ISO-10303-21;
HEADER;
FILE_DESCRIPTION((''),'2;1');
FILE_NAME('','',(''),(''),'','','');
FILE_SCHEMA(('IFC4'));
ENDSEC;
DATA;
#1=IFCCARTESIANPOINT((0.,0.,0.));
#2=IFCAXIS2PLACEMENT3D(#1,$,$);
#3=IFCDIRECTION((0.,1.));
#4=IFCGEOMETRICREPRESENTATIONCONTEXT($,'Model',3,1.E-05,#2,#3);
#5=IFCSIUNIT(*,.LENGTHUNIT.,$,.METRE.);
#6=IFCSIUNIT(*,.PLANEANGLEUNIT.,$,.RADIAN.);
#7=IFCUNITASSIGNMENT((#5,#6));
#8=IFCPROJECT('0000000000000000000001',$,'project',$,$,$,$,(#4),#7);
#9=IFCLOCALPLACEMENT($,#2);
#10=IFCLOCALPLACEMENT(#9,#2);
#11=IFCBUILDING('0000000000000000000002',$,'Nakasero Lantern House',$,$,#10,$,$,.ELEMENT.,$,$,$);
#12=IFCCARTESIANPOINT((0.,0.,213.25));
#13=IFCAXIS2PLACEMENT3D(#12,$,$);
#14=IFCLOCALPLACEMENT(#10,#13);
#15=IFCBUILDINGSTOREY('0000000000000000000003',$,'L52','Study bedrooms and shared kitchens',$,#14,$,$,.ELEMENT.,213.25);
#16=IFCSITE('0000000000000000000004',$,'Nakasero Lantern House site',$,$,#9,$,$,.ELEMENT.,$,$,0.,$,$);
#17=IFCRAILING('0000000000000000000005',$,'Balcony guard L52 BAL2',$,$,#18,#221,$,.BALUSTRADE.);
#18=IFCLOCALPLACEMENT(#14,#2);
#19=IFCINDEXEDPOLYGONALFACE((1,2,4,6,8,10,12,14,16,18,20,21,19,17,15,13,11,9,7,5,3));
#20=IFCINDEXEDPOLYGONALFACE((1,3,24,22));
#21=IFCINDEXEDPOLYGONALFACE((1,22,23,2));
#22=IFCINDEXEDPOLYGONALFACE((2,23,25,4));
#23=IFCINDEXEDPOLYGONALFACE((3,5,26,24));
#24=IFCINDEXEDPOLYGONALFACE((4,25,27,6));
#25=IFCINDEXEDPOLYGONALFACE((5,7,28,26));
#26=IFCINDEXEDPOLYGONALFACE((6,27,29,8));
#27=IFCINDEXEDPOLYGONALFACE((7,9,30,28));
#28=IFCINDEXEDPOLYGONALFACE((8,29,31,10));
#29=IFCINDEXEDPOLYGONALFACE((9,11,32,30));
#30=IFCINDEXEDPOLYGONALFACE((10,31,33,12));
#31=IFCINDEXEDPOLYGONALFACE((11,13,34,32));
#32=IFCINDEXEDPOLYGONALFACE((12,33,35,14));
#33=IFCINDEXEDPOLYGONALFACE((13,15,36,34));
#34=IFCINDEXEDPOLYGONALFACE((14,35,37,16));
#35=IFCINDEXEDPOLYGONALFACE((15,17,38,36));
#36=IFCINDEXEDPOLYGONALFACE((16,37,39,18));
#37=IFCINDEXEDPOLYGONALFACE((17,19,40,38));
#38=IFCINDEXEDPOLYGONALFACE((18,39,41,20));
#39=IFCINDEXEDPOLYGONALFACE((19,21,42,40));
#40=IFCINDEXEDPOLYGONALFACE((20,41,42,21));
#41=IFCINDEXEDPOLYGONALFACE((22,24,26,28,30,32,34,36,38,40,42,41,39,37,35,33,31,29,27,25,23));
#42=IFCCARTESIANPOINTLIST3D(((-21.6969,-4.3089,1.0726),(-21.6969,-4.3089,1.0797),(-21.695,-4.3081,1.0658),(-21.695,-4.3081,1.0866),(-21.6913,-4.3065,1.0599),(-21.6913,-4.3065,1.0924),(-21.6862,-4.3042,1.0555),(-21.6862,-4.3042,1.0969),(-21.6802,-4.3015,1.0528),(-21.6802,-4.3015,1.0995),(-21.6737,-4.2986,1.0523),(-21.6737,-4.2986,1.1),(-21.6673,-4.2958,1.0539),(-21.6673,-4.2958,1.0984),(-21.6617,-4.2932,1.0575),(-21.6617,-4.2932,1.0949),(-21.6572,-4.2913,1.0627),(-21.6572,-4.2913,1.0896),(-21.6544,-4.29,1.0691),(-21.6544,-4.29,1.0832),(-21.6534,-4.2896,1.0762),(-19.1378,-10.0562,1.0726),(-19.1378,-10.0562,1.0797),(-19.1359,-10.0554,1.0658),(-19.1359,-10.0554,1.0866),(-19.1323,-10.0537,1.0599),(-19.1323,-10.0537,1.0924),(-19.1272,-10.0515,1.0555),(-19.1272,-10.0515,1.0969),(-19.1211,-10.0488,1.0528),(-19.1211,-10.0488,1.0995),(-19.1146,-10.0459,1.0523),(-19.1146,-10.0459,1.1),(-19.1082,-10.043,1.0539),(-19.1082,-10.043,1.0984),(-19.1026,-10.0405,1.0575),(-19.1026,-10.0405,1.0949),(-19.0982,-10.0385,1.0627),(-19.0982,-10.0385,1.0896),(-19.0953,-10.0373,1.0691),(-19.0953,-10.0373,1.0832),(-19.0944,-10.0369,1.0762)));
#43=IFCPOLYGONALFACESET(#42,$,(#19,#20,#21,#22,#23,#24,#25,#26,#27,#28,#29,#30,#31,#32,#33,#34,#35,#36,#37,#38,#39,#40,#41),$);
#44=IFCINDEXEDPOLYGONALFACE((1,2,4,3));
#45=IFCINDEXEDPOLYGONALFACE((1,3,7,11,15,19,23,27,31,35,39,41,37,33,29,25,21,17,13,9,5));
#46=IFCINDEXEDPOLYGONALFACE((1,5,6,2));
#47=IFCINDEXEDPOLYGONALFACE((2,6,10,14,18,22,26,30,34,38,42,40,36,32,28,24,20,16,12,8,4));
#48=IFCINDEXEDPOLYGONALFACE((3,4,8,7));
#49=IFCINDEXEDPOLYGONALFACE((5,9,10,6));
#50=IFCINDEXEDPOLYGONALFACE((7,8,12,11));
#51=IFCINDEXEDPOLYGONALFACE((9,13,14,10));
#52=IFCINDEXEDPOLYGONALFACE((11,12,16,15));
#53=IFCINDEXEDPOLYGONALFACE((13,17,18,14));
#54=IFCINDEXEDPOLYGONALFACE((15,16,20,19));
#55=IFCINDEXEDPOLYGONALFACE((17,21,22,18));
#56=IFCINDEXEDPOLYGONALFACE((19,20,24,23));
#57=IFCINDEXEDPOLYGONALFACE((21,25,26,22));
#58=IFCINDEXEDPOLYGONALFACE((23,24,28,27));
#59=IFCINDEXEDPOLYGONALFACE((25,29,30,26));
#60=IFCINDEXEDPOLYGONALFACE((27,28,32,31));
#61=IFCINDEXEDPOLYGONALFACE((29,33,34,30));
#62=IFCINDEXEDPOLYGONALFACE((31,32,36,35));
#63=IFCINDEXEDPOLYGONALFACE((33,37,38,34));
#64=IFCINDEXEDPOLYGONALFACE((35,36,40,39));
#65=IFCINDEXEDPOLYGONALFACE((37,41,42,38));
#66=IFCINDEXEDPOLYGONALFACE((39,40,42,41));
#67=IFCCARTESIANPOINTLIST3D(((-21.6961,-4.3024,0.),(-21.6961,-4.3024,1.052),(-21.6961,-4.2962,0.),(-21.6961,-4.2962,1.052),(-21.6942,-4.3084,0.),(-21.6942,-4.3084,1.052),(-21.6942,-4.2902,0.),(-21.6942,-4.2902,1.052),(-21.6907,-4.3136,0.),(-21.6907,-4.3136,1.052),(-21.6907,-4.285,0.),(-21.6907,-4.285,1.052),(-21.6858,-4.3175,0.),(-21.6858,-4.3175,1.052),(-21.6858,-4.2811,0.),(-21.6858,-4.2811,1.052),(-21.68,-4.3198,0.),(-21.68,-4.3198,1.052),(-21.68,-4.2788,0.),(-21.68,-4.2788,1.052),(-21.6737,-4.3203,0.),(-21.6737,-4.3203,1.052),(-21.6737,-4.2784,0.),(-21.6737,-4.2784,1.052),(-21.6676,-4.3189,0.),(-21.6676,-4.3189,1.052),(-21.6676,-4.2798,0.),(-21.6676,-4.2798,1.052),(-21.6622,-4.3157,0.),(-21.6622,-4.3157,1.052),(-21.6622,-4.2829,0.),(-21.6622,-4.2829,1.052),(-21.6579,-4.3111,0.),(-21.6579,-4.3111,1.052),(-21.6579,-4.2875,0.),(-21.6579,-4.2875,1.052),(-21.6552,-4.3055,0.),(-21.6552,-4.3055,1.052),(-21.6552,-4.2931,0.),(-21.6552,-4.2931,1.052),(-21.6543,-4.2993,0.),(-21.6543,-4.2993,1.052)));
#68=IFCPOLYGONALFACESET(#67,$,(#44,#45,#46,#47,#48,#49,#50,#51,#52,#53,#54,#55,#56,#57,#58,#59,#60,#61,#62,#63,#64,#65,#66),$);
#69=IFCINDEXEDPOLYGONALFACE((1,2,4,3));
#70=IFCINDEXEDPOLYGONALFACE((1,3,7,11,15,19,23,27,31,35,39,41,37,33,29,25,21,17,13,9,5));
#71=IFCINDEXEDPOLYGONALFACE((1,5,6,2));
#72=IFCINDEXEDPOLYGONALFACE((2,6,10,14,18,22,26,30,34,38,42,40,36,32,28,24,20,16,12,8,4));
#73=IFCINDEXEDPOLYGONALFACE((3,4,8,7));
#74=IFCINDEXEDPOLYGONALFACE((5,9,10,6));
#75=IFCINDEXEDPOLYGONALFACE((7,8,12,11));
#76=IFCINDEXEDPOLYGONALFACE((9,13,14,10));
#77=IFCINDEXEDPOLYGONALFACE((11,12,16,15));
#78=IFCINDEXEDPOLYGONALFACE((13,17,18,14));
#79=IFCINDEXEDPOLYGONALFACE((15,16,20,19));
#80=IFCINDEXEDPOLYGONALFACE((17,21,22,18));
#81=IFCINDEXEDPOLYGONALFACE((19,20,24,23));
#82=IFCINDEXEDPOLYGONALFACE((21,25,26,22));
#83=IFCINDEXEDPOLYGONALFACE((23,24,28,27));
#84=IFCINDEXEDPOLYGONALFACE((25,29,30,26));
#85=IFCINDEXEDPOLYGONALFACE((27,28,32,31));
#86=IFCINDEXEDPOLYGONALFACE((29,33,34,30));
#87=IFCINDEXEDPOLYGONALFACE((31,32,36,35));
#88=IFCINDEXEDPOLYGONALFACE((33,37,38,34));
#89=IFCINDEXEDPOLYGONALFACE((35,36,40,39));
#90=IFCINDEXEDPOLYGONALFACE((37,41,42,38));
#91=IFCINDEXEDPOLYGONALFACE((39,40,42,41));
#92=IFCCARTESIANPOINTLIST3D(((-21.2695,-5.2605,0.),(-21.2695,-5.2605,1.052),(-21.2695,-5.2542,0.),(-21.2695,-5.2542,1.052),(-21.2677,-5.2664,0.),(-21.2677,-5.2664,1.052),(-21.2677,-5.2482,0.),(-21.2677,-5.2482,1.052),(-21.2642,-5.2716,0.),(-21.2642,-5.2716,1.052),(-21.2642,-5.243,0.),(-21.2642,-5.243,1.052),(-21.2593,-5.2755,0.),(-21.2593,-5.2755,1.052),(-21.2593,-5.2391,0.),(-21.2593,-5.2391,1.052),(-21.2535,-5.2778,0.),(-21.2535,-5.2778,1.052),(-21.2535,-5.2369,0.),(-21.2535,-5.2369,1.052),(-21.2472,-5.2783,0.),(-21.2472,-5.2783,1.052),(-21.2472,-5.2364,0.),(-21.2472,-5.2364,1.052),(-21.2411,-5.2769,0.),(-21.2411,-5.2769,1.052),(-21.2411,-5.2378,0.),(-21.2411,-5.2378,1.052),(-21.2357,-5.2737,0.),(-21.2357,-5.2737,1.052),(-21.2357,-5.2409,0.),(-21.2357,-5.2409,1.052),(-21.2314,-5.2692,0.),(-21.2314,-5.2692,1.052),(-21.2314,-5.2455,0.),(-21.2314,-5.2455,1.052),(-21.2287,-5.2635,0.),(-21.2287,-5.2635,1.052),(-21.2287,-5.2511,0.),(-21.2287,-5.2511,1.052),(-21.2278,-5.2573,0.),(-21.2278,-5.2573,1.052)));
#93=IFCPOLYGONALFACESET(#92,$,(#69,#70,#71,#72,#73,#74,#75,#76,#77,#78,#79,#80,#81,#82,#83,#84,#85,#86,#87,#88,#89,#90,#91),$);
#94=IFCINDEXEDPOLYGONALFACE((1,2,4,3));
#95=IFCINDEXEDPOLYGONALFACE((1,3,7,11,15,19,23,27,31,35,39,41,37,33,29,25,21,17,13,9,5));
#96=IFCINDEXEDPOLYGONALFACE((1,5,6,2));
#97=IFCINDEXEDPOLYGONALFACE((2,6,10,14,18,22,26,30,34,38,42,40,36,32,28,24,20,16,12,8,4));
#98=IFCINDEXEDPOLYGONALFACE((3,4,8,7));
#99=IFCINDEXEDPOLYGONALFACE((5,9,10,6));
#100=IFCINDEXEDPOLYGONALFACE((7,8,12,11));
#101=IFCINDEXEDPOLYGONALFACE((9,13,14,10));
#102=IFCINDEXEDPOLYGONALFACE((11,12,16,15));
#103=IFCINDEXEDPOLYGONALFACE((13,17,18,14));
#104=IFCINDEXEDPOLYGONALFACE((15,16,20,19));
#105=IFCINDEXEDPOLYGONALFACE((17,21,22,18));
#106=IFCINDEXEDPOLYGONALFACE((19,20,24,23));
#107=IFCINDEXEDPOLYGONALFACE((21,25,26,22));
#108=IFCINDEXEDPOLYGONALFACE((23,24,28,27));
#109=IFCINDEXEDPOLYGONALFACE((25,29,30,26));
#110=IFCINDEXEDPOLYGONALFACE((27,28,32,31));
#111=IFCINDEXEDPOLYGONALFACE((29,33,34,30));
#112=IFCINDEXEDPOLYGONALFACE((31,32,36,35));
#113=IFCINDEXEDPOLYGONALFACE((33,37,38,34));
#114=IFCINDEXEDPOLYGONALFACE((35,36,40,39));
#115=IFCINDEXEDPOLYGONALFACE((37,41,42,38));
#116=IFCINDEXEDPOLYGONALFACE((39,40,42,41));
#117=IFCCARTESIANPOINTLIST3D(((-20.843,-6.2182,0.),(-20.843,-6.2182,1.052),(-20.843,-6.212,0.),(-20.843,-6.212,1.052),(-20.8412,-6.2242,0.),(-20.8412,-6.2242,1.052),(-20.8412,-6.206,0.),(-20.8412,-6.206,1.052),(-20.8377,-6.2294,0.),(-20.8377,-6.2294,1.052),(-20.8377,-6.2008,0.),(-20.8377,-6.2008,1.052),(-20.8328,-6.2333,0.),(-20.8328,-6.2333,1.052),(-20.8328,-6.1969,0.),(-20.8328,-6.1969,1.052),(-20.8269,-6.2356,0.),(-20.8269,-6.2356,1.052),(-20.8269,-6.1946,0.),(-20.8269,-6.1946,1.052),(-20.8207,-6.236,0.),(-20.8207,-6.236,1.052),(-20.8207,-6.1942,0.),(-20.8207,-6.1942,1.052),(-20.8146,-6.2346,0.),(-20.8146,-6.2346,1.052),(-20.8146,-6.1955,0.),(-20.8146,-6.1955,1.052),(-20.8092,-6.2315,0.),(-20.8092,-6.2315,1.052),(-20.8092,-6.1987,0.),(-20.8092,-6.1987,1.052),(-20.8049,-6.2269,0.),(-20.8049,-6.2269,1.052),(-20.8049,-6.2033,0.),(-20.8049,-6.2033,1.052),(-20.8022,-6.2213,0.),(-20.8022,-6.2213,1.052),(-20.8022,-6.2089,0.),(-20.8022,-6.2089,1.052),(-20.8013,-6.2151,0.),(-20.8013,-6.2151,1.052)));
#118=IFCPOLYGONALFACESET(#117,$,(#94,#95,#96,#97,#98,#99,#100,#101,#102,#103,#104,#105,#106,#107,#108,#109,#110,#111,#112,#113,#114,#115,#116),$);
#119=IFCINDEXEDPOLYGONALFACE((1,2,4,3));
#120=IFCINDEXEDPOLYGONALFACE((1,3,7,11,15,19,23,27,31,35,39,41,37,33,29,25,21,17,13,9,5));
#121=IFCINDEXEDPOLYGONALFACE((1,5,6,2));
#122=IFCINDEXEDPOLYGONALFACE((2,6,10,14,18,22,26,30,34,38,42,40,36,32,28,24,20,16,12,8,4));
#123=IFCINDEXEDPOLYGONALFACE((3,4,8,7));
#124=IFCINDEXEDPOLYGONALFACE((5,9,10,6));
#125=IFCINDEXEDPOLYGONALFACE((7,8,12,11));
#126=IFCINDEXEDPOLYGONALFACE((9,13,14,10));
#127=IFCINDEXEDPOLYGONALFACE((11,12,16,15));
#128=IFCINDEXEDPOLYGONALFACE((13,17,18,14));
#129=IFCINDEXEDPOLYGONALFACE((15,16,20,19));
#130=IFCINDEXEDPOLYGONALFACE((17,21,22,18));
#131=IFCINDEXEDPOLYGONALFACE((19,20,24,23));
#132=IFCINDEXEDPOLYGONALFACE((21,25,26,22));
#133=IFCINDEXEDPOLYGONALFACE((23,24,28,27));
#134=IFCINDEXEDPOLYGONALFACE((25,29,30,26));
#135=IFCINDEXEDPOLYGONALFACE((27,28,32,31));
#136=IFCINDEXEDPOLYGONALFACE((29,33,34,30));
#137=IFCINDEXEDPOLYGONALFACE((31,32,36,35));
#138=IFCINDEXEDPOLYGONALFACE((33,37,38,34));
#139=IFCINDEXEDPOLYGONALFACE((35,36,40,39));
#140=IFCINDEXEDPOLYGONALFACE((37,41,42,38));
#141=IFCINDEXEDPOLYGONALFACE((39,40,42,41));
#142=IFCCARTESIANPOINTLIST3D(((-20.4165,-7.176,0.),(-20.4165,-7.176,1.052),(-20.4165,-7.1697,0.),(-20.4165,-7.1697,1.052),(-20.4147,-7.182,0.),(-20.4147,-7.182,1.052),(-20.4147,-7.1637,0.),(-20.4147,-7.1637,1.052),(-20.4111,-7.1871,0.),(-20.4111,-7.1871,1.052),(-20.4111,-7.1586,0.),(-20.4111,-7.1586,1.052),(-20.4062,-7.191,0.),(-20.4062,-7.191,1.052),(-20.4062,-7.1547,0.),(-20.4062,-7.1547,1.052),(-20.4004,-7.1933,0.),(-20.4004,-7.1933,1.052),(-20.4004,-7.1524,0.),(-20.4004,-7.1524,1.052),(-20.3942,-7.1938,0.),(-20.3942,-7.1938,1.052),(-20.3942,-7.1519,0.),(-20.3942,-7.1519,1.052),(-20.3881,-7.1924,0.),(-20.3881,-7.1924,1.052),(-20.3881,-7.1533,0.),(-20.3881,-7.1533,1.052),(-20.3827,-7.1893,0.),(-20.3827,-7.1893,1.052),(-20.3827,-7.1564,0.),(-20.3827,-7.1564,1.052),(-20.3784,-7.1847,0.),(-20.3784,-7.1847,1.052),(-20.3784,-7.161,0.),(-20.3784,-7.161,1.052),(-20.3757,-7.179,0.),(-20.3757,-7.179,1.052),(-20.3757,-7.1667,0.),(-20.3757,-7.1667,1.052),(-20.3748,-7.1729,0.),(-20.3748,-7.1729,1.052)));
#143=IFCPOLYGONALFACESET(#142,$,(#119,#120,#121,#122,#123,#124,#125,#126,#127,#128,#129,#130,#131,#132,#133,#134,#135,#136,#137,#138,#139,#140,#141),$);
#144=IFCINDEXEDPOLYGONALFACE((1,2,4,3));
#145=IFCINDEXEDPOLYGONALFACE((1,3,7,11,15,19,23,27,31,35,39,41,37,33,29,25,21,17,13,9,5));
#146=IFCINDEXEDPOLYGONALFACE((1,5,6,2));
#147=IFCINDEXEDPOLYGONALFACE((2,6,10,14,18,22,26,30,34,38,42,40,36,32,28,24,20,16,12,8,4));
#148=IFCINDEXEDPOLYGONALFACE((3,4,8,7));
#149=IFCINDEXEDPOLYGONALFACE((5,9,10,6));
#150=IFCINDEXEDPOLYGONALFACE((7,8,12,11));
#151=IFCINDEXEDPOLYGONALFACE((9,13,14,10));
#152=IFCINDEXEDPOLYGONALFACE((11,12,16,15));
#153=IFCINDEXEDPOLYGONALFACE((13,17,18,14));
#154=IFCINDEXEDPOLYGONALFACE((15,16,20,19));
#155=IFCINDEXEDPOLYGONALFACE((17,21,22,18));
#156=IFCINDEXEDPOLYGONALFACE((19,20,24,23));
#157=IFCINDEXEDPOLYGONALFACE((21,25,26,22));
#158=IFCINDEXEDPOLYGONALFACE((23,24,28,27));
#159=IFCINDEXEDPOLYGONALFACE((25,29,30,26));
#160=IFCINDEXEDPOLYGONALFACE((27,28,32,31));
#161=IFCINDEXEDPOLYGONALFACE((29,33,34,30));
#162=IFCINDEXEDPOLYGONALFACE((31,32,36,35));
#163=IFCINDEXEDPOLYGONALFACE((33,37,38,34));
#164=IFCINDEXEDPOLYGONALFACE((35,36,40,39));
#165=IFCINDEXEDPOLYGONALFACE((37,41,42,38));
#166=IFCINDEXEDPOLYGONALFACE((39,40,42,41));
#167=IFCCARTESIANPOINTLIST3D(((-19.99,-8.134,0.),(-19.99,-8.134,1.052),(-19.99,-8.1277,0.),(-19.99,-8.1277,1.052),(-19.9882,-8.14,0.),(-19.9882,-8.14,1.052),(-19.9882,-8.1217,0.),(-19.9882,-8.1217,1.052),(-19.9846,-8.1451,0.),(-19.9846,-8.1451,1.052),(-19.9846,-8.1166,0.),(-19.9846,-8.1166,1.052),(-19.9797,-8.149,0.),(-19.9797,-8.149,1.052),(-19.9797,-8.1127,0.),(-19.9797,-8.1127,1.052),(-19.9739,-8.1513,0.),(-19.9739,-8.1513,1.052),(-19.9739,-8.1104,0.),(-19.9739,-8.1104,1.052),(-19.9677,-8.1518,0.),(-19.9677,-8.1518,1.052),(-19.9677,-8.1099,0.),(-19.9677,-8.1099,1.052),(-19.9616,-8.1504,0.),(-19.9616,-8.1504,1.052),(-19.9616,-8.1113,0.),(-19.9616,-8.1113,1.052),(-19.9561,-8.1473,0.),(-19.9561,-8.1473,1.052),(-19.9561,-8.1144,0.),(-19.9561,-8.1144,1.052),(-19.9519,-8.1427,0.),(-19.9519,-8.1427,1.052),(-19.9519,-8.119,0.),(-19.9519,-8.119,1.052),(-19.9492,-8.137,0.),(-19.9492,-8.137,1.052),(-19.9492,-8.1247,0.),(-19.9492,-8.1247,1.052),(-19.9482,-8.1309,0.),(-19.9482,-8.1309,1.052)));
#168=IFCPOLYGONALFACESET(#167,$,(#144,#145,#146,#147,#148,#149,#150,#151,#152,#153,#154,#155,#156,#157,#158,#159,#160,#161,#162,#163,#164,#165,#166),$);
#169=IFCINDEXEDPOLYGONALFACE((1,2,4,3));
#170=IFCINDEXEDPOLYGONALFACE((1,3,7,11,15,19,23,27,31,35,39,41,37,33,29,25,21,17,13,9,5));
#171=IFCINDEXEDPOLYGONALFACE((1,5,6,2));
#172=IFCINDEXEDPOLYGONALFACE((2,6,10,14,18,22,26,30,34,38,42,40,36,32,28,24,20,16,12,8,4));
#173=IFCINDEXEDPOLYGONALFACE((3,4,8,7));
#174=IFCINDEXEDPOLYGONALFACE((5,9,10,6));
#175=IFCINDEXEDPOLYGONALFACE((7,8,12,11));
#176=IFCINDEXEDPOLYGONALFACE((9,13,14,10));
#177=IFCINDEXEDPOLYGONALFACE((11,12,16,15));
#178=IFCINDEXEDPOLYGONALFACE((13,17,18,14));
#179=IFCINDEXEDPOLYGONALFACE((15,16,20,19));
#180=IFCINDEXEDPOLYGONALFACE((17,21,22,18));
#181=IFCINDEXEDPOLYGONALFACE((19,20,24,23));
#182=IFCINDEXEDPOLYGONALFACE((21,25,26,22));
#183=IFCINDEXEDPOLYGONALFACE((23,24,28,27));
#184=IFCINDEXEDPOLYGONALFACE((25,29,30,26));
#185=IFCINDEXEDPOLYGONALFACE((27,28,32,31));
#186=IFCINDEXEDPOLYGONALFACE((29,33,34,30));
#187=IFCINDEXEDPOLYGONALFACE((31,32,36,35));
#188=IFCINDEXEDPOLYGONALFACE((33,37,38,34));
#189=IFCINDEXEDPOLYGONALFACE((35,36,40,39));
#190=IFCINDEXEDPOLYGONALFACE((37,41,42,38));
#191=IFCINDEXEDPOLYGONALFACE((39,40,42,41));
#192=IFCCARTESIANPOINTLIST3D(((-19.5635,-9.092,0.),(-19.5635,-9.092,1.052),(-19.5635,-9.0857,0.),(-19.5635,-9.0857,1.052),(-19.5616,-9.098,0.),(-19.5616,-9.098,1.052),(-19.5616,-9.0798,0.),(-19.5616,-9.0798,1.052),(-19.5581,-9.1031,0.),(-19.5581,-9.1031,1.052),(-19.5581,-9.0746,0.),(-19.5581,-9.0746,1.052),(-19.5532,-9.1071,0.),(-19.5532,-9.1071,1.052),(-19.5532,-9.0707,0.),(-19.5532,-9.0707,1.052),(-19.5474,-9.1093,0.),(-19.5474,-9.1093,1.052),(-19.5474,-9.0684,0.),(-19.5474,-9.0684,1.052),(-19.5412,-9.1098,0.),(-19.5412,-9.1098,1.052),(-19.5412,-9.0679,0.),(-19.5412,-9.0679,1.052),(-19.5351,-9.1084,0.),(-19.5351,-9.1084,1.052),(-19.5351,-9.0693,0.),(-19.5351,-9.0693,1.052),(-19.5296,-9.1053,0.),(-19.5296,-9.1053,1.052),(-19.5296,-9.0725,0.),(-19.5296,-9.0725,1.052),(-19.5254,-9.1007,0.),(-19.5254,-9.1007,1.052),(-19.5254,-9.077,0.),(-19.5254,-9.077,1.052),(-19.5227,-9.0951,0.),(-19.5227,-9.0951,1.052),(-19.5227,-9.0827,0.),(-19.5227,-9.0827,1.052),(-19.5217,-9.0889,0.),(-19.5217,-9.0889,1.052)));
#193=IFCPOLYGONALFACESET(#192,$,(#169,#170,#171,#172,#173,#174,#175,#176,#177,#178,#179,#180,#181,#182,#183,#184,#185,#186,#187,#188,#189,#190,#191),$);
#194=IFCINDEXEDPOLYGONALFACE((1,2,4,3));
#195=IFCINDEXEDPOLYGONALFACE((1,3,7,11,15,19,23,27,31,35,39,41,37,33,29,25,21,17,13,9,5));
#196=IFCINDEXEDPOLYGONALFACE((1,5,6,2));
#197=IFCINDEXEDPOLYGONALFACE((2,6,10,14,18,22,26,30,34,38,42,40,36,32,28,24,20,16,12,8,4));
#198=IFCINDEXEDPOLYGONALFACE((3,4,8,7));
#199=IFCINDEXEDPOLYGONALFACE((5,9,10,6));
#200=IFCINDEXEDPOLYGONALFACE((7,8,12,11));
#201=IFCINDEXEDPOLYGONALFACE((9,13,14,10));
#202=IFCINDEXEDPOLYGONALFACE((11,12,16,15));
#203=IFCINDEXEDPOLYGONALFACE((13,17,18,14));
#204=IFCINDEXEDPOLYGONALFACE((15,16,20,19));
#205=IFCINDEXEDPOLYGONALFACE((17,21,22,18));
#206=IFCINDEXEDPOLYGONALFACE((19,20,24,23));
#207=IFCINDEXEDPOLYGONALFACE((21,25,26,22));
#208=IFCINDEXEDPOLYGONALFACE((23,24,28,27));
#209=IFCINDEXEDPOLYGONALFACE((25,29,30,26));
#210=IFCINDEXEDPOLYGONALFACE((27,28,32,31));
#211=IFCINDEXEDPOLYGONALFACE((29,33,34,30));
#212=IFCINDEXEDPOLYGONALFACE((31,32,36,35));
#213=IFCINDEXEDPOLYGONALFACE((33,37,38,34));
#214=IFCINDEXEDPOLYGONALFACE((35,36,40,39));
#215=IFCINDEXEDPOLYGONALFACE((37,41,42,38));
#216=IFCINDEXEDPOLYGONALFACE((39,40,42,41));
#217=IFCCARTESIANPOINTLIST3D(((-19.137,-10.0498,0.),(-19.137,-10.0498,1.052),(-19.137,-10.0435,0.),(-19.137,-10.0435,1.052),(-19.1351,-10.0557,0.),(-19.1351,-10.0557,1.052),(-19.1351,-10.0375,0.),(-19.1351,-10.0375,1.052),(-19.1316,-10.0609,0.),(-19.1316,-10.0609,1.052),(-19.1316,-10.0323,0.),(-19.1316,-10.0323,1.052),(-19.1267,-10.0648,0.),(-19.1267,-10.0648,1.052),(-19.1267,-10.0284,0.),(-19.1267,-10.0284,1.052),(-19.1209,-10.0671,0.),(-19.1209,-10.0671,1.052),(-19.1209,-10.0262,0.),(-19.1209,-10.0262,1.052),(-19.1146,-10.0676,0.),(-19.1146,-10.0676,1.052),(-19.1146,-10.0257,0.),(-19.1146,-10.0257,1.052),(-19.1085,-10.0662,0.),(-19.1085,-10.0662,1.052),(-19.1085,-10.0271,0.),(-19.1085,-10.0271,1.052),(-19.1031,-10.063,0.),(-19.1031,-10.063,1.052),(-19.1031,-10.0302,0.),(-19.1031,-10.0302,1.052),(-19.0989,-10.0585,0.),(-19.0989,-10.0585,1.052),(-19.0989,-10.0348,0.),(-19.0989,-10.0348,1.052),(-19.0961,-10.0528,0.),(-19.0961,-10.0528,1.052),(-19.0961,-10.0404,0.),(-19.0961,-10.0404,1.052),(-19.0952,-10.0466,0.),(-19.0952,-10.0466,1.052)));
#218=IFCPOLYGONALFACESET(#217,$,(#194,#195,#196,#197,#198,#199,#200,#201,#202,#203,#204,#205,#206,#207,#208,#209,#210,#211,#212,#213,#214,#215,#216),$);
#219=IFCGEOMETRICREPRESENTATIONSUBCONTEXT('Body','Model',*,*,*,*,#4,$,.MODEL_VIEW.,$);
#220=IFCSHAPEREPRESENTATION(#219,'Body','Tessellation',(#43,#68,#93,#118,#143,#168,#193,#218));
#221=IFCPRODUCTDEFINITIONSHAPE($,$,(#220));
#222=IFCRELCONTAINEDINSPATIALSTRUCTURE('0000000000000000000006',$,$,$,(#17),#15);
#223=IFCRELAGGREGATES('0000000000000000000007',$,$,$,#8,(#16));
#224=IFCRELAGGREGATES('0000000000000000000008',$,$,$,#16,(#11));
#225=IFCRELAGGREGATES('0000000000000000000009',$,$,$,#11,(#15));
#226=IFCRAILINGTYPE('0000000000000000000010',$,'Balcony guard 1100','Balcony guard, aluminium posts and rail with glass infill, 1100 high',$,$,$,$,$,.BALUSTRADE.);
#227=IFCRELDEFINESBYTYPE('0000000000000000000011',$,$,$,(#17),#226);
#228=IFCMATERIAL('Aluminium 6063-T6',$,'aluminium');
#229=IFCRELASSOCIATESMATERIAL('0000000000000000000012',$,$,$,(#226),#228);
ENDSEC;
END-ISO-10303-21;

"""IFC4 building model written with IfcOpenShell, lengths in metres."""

from ifc_helpers import new_model, si_unit, direction, frame, origin, origin_2d, place, context, subcontext, project, spatial, circle, extrude, material, type_object, element, save


model = new_model("IFC4")

# Units and contexts
model_context = context("Model", 3, precision=1e-05, world=origin(), true_north=direction((0.0, 1.0)))
body_context = subcontext(model_context, "Body", "Model", "MODEL_VIEW")
ifc_project = project(units=[si_unit("LENGTHUNIT", "METRE"), si_unit("PLANEANGLEUNIT", "RADIAN")], contexts=[model_context])

# Site, building, storey
site_placement = place(None, origin())
site = spatial("IfcSite", under=ifc_project, at=site_placement, Name="Nakasero Lantern House site", CompositionType="ELEMENT", RefElevation=0.0)
building_placement = place(site_placement, origin())
building = spatial("IfcBuilding", under=site, at=building_placement, Name="Nakasero Lantern House", CompositionType="ELEMENT")
storey_placement = place(building_placement, frame((0.0, 0.0, 213.25)))
storey = spatial("IfcBuildingStorey", under=building, at=storey_placement, Name="L52", Description="Study bedrooms and shared kitchens", CompositionType="ELEMENT", Elevation=213.25)

# Railing
ifc_material_1 = material(Name="Aluminium 6063-T6", Category="aluminium")
railing_type = type_object("IfcRailingType", Name="Balcony guard 1100", Description="Balcony guard, aluminium posts and rail with glass infill, 1100 high", PredefinedType="BALUSTRADE", material=ifc_material_1)
railing_placement = place(storey_placement, frame((-21.6753, -4.2993, 0.0)))
element("IfcRailing", 1, at=railing_placement, inside=storey, type_object=railing_type, Name="Balcony guard L52 BAL2", PredefinedType="BALUSTRADE", context=body_context, shape_type="SweptSolid", body=[
    extrude(circle(Radius=0.0239, at=origin_2d()), frame((0.0, 0.0, 1.0762), z_axis=(0.406765, -0.913533, 0.0), x_axis=(0.913533, 0.406765, 0.0)), (0.0, 0.0, 1.0), 6.2913),
    extrude(circle(Radius=0.021, at=origin_2d()), origin(), (0.0, 0.0, 1.0), 1.052),
    extrude(circle(Radius=0.021, at=origin_2d()), frame((0.4265, -0.958, 0.0)), (0.0, 0.0, 1.0), 1.052),
    extrude(circle(Radius=0.021, at=origin_2d()), frame((0.853, -1.9158, 0.0)), (0.0, 0.0, 1.0), 1.052),
    extrude(circle(Radius=0.021, at=origin_2d()), frame((1.2795, -2.8735, 0.0)), (0.0, 0.0, 1.0), 1.052),
    extrude(circle(Radius=0.021, at=origin_2d()), frame((1.7061, -3.8315, 0.0)), (0.0, 0.0, 1.0), 1.052),
    extrude(circle(Radius=0.021, at=origin_2d()), frame((2.1326, -4.7896, 0.0)), (0.0, 0.0, 1.0), 1.052),
    extrude(circle(Radius=0.021, at=origin_2d()), frame((2.5591, -5.7473, 0.0)), (0.0, 0.0, 1.0), 1.052),
])

save(model, "model.ifc")
